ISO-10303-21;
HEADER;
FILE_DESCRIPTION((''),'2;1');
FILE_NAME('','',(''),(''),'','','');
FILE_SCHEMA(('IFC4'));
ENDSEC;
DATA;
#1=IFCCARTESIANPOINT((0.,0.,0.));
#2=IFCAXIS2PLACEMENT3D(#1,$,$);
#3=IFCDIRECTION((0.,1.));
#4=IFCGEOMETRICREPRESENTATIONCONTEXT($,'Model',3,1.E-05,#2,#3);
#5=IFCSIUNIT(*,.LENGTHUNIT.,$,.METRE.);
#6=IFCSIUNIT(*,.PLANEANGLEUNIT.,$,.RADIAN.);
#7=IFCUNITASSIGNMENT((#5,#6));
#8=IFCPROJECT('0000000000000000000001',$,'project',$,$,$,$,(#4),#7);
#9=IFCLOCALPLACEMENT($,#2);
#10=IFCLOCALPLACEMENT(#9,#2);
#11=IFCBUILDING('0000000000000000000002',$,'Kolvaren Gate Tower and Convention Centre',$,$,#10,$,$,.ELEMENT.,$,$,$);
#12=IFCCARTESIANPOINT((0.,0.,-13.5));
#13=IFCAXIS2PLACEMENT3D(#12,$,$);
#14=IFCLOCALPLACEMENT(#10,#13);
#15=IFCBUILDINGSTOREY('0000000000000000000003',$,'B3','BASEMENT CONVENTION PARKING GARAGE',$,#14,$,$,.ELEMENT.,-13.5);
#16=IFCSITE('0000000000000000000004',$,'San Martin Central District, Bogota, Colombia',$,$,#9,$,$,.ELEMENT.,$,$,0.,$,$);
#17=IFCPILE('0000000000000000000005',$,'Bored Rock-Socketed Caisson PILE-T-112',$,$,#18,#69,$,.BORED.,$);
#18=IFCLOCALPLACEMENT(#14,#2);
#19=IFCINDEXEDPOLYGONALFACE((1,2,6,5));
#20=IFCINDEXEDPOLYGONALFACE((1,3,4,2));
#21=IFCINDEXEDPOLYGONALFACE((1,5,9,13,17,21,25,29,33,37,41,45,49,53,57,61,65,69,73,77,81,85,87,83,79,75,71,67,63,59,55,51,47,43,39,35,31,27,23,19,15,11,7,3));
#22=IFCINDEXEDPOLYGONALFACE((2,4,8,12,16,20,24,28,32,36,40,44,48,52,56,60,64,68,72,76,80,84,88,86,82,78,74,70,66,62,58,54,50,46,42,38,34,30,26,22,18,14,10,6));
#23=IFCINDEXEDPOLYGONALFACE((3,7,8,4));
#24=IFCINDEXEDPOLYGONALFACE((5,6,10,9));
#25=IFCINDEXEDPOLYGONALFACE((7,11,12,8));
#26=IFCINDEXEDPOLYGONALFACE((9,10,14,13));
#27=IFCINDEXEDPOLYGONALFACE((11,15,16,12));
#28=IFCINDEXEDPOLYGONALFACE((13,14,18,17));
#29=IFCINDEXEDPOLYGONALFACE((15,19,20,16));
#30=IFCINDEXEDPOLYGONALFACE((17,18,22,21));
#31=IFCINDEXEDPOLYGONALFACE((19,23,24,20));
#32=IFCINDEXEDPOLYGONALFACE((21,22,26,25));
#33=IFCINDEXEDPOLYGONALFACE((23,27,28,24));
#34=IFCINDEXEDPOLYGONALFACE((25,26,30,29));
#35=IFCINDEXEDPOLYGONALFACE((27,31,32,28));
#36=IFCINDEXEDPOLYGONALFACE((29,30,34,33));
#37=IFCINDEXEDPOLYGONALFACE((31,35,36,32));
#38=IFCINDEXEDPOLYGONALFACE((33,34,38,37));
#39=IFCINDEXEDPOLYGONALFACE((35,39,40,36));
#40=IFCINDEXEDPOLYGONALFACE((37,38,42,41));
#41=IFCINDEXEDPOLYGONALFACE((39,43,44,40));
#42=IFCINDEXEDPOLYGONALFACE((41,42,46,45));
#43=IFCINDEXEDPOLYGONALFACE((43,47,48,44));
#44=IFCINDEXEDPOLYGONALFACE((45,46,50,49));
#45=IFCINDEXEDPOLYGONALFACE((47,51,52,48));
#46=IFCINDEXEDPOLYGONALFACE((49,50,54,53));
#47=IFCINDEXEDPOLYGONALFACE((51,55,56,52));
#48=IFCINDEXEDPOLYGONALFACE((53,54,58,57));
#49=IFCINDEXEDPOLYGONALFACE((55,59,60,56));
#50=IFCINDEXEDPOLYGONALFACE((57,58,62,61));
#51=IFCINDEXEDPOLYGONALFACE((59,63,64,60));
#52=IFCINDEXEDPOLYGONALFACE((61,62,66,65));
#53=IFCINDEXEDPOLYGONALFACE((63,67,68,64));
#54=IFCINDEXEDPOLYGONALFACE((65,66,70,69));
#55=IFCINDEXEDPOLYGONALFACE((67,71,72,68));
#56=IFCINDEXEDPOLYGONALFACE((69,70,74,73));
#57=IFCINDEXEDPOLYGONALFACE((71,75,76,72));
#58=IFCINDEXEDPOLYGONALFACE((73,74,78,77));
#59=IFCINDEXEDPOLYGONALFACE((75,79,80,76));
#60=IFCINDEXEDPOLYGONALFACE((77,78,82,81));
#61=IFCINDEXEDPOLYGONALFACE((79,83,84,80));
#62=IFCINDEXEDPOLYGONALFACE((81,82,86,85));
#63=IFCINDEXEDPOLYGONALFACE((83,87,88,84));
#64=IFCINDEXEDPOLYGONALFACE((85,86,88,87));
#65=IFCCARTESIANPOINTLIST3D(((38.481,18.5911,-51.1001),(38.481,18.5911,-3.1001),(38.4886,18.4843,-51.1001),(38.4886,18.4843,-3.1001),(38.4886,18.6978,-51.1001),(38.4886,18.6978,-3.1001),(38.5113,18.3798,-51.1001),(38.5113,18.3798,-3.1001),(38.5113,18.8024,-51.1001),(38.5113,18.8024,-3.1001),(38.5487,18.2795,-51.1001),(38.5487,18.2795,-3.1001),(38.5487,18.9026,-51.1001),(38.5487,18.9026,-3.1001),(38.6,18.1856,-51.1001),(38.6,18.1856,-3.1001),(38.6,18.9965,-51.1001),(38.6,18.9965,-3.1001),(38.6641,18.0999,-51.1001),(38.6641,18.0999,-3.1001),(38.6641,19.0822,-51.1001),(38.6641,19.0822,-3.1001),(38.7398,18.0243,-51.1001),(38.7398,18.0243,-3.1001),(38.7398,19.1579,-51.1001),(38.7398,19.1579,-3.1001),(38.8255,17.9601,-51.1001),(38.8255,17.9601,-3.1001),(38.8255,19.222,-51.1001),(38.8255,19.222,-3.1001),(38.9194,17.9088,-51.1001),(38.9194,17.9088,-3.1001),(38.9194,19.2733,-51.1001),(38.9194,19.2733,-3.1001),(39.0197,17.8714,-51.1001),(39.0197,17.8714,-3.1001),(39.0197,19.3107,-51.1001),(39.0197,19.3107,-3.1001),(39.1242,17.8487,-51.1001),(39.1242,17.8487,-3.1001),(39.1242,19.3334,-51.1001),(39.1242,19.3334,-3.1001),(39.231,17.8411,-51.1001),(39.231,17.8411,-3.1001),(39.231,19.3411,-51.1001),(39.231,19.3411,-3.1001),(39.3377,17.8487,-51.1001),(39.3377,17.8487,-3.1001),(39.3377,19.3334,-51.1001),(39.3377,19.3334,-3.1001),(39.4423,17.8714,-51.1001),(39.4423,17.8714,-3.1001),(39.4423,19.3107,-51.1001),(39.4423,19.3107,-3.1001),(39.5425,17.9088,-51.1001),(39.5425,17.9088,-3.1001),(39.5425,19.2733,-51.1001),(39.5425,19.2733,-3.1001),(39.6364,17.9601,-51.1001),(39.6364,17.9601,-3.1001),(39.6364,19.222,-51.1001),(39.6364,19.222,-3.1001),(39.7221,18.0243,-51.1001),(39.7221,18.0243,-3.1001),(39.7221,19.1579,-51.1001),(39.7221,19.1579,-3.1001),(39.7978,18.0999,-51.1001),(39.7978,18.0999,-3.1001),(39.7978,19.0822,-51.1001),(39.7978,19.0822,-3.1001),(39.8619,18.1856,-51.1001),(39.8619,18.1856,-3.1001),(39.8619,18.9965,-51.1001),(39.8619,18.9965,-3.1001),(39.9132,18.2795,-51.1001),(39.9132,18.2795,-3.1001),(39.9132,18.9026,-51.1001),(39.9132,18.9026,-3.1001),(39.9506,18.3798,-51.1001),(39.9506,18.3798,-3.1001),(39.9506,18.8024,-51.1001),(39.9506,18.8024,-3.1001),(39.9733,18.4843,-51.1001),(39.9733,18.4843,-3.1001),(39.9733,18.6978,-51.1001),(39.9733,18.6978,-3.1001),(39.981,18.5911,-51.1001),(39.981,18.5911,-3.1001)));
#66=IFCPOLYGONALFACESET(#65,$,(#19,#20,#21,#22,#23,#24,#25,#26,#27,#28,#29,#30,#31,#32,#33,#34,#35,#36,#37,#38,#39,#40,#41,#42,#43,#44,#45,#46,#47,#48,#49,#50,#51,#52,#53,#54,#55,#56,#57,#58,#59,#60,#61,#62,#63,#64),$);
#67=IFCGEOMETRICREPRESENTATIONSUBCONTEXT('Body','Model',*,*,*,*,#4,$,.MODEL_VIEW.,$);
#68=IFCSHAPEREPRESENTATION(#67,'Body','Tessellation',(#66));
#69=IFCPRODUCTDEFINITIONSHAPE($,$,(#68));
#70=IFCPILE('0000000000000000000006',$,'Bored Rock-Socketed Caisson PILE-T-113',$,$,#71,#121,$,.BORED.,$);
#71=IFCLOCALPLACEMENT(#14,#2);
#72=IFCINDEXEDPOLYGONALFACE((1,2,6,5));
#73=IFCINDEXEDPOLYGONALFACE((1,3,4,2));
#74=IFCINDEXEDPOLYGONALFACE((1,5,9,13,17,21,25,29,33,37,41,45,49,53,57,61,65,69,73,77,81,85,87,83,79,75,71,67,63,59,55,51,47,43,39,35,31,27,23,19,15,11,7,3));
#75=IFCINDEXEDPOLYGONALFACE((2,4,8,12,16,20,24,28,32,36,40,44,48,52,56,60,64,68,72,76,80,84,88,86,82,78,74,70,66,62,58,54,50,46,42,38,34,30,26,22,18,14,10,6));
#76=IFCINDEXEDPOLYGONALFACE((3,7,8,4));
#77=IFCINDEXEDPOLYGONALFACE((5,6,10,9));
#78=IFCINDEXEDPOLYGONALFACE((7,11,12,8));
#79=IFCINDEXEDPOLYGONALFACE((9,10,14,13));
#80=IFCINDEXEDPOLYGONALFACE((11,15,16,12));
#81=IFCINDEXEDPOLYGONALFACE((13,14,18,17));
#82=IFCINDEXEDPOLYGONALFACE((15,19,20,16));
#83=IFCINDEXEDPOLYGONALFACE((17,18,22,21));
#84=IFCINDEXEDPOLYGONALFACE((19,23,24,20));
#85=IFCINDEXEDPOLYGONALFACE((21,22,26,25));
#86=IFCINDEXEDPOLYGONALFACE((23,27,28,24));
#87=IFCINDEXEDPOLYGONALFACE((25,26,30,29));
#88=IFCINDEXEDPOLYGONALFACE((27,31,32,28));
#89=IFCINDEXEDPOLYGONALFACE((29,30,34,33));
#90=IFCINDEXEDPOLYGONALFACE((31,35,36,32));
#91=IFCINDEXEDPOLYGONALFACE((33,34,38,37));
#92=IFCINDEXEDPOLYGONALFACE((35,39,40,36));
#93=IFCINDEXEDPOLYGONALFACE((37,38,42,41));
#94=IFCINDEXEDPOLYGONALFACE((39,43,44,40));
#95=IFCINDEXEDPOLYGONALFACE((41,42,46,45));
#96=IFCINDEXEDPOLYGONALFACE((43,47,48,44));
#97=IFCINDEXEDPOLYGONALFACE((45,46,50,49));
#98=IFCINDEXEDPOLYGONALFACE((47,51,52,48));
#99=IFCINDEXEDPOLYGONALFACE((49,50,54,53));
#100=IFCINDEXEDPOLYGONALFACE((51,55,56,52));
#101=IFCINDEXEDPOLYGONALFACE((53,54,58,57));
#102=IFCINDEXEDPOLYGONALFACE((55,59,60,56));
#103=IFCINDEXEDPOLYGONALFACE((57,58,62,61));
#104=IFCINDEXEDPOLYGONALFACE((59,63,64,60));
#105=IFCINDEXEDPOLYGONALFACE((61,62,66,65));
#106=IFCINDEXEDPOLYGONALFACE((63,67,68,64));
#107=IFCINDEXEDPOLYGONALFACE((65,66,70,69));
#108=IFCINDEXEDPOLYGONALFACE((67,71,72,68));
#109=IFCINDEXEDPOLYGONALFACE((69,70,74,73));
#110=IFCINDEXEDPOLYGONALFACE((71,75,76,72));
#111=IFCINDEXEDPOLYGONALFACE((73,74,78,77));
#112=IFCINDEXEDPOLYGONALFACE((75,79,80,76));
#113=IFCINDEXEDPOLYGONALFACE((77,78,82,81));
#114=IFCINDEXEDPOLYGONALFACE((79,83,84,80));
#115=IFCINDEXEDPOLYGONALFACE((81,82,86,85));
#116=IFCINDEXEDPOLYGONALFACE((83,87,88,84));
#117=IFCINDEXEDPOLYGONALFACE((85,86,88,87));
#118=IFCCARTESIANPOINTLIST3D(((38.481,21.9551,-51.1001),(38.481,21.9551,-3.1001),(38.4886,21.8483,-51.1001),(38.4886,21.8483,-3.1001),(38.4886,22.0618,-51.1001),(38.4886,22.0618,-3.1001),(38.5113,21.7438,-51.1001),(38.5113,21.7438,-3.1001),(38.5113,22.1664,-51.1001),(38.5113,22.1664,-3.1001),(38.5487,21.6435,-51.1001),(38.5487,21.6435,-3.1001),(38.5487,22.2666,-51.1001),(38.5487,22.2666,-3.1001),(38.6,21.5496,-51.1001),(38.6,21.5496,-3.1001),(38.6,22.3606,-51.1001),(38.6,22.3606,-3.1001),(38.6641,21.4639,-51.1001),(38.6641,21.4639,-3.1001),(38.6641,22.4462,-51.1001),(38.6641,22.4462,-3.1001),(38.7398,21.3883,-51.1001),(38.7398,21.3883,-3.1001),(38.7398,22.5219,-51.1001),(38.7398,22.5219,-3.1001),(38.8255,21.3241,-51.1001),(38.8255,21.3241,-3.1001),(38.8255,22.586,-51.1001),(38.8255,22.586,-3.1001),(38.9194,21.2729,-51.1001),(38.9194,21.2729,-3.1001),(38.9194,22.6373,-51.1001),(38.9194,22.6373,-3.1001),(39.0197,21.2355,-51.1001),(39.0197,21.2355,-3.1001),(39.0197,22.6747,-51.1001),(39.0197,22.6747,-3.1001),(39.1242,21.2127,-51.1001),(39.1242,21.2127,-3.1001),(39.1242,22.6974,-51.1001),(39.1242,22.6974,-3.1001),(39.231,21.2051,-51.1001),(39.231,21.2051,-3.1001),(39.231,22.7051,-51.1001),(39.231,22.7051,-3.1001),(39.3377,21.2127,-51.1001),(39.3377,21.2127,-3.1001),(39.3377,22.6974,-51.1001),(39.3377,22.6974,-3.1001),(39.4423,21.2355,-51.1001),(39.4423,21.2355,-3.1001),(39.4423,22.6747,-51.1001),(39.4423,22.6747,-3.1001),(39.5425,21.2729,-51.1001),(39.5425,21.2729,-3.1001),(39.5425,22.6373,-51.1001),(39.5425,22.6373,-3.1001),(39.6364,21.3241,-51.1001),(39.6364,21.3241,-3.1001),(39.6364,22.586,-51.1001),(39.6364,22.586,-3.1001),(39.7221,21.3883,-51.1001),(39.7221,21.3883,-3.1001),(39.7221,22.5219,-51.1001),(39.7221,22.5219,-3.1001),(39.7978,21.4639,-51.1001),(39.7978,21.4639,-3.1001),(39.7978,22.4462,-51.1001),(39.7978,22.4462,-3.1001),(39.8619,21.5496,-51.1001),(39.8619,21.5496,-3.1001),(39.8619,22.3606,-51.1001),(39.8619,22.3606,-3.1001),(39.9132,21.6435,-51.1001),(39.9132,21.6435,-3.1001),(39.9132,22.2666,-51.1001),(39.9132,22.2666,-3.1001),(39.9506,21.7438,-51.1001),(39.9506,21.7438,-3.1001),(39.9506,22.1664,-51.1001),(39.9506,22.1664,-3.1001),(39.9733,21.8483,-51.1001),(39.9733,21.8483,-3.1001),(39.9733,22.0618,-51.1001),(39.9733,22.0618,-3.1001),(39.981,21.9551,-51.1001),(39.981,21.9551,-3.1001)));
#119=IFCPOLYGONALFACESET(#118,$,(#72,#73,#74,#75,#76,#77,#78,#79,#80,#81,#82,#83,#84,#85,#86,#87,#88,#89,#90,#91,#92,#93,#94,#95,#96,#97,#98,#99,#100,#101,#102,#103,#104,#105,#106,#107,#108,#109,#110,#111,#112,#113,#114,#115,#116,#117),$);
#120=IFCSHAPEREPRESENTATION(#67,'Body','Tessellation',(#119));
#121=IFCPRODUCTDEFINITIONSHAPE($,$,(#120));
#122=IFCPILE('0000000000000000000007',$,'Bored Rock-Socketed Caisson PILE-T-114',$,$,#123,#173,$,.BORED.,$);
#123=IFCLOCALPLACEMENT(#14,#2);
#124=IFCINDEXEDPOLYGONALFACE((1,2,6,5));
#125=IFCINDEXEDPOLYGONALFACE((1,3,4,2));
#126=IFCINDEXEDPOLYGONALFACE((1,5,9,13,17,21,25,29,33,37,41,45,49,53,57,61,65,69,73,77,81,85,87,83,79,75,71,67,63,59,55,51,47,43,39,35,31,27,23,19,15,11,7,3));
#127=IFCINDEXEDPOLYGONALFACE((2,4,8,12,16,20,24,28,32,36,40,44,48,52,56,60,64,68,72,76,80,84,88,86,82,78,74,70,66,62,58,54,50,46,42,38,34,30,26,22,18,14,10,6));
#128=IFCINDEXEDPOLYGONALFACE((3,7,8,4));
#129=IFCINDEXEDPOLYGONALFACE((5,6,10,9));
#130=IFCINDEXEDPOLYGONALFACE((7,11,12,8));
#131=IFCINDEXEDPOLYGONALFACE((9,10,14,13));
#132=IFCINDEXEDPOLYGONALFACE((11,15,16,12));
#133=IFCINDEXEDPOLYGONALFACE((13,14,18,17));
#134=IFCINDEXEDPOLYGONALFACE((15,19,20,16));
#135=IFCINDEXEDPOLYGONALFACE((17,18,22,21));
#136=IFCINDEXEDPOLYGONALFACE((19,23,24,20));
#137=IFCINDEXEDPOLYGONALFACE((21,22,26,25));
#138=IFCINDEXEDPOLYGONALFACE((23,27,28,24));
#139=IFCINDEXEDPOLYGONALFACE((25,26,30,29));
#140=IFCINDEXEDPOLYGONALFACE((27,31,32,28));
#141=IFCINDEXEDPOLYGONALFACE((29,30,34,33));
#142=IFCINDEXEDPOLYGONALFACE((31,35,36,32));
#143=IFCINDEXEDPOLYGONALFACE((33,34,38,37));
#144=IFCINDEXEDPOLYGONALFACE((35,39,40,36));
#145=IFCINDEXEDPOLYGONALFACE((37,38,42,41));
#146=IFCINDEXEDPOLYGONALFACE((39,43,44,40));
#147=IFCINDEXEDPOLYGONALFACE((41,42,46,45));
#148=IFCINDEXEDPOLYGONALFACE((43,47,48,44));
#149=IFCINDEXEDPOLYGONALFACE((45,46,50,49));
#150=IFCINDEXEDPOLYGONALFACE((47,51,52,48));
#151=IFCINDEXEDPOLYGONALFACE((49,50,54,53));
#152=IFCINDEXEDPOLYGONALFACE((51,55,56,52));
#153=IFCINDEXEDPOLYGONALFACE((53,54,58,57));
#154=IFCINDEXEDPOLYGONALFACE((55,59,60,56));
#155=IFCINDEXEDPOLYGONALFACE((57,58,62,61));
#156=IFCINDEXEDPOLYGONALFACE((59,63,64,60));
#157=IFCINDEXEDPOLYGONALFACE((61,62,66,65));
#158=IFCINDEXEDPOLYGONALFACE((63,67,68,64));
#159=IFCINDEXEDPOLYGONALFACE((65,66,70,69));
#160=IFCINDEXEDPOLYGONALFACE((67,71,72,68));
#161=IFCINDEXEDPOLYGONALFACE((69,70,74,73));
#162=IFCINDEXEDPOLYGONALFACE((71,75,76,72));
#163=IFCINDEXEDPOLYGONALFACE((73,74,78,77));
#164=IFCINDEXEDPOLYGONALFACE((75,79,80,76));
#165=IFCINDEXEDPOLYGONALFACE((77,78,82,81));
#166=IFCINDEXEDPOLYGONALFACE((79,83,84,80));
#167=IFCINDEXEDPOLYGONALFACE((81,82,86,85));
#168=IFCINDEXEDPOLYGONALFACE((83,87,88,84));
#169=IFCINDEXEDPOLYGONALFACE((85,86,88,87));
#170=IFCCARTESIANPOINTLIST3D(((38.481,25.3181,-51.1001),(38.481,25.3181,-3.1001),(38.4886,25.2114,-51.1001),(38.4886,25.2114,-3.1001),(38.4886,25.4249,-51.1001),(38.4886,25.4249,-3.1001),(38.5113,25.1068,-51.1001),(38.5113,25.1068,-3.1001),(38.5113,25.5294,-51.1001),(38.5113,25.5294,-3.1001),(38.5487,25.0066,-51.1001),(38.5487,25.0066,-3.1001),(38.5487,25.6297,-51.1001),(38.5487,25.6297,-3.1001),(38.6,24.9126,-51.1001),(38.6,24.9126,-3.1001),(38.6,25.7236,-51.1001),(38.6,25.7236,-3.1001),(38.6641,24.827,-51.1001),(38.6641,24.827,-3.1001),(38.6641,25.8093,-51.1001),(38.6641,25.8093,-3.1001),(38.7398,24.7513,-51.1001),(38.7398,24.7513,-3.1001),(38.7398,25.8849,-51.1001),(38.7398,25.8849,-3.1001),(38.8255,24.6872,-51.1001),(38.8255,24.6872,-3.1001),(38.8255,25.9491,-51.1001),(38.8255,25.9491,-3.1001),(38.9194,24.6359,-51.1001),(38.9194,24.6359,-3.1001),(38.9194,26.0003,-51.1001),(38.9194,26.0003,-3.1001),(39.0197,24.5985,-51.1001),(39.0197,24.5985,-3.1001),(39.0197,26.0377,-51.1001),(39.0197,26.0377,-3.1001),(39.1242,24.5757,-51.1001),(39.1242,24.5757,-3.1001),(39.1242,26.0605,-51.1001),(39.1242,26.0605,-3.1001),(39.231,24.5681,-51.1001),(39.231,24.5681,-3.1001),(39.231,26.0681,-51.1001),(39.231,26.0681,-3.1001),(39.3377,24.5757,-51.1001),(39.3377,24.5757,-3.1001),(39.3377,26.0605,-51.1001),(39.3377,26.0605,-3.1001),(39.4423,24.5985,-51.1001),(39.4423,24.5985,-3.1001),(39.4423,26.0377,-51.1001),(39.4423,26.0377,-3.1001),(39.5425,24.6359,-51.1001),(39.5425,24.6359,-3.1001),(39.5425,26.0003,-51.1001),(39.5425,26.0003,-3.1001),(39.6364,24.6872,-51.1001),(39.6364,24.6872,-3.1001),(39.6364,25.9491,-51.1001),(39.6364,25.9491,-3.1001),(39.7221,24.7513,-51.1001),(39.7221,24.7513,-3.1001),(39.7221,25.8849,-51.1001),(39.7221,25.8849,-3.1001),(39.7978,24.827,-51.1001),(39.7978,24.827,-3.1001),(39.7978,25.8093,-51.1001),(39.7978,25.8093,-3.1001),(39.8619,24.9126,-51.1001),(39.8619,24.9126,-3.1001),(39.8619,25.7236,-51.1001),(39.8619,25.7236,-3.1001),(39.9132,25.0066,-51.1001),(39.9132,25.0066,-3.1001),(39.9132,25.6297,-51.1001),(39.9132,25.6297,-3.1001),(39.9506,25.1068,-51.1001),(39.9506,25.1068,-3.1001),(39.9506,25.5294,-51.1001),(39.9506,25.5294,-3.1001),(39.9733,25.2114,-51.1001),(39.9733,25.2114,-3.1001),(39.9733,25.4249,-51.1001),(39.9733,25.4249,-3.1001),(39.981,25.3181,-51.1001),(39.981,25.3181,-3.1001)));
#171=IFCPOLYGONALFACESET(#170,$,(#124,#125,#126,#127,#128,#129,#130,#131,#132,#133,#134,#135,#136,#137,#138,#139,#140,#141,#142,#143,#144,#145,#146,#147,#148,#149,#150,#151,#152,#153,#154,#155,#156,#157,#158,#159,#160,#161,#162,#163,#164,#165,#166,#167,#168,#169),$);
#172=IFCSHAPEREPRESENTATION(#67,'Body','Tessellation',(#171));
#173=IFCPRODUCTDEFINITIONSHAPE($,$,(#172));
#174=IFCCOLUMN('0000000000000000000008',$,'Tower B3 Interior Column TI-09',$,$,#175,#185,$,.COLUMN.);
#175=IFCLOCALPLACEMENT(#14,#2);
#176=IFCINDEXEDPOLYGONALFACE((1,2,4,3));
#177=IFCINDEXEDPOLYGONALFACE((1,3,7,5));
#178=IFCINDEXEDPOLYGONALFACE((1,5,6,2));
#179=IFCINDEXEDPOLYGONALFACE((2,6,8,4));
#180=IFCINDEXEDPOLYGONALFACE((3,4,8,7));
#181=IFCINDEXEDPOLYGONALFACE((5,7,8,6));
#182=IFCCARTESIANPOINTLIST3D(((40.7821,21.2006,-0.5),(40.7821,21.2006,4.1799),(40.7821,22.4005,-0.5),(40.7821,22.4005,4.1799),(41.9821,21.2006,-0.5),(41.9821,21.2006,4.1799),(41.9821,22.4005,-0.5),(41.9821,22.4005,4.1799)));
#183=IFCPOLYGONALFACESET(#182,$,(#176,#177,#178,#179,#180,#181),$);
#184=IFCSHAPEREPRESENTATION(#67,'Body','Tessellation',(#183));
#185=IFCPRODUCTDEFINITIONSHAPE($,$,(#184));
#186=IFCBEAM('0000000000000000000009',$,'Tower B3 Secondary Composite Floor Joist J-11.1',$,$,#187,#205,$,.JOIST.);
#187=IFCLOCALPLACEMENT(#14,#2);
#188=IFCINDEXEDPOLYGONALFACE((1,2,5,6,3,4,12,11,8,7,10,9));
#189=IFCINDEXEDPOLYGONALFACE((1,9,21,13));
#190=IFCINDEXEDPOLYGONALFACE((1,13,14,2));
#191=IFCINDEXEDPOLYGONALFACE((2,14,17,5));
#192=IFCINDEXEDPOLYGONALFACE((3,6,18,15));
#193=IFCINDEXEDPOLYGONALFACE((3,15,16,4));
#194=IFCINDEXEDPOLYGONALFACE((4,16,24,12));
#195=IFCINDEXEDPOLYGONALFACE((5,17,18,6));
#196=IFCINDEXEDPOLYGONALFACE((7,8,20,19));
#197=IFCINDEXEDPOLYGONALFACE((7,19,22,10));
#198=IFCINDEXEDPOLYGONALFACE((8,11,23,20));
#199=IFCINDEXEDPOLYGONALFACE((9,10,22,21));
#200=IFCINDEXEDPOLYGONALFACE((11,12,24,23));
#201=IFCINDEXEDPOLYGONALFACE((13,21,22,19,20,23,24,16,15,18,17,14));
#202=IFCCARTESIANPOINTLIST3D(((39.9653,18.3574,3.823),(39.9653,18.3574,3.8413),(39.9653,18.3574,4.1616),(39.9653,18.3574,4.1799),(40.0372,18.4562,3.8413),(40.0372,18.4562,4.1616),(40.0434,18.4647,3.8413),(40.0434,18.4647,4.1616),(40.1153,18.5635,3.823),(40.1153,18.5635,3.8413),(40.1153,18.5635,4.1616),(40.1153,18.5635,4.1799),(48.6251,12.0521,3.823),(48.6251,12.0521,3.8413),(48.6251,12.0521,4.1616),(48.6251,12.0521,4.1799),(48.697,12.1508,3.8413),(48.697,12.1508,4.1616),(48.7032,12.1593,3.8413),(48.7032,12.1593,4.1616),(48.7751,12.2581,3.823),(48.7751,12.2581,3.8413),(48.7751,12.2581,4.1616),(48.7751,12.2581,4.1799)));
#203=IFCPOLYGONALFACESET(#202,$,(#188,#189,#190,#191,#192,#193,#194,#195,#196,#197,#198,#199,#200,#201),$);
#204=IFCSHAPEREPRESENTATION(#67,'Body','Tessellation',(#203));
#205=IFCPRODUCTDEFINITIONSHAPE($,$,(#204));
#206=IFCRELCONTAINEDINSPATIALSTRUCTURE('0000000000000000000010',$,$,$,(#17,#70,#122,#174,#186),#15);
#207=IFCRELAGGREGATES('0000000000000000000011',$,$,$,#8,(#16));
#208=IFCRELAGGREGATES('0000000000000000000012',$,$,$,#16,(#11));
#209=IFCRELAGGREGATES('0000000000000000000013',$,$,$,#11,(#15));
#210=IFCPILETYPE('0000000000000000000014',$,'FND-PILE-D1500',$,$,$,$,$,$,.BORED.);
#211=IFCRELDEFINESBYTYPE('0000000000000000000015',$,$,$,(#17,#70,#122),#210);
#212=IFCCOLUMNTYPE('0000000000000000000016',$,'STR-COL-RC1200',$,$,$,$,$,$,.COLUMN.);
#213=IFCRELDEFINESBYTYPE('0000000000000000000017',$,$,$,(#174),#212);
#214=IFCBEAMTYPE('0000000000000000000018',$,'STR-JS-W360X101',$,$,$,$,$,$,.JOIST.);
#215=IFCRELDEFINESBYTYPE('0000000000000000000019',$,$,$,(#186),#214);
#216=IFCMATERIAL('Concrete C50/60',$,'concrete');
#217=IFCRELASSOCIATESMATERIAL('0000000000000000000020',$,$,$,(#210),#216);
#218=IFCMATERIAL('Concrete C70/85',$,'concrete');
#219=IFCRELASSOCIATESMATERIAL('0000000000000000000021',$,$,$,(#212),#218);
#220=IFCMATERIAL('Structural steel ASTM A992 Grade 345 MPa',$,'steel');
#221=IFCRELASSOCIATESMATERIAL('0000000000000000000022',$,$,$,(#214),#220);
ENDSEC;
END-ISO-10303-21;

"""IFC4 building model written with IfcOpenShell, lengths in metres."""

from ifc_helpers import new_model, si_unit, direction, frame, origin, origin_2d, place, context, subcontext, project, spatial, rectangle, circle, i_section, extrude, material, material_profile, profile_set, type_object, element, save


model = new_model("IFC4")

# Units and contexts
model_context = context("Model", 3, precision=1e-05, world=origin(), true_north=direction((0.0, 1.0)))
body_context = subcontext(model_context, "Body", "Model", "MODEL_VIEW")
ifc_project = project(units=[si_unit("LENGTHUNIT", "METRE"), si_unit("PLANEANGLEUNIT", "RADIAN")], contexts=[model_context])

# Site, building, storey
site_placement = place(None, origin())
site = spatial("IfcSite", under=ifc_project, at=site_placement, Name="San Martin Central District, Bogota, Colombia", CompositionType="ELEMENT", RefElevation=0.0)
building_placement = place(site_placement, origin())
building = spatial("IfcBuilding", under=site, at=building_placement, Name="Kolvaren Gate Tower and Convention Centre", CompositionType="ELEMENT")
storey_placement = place(building_placement, frame((0.0, 0.0, -13.5)))
storey = spatial("IfcBuildingStorey", under=building, at=storey_placement, Name="B3", Description="BASEMENT CONVENTION PARKING GARAGE", CompositionType="ELEMENT", Elevation=-13.5)

# Piles
ifc_material_1 = material(Name="Concrete C50/60", Category="concrete")
ifc_material_profile_1 = material_profile(ifc_material_1, circle(Radius=0.75, at=origin_2d()), Name="CAISSON-D1500")
ifc_profile_set_1 = profile_set([ifc_material_profile_1], Name="Concrete C50/60")
pile_type = type_object("IfcPileType", Name="FND-PILE-D1500", PredefinedType="BORED", material=ifc_profile_set_1)
for number, where, z_axis, x_axis, name in (
    (1, (39.231, 18.5911, -3.1001), (0.0, 0.0, -1.0), (1.0, 0.0, 0.0), "Bored Rock-Socketed Caisson PILE-T-112"),
    (2, (39.231, 21.9551, -3.1001), (0.0, 0.0, -1.0), (1.0, 0.0, 0.0), "Bored Rock-Socketed Caisson PILE-T-113"),
    (3, (39.231, 25.3181, -3.1001), (0.0, 0.0, -1.0), (1.0, 0.0, 0.0), "Bored Rock-Socketed Caisson PILE-T-114"),
):
    element("IfcPile", number, at=place(storey_placement, frame(where, z_axis=z_axis, x_axis=x_axis)), inside=storey, type_object=pile_type, Name=name, PredefinedType="BORED", context=body_context, shape_type="SweptSolid", body=[
        extrude(circle(Radius=0.75, at=origin_2d()), origin(), (0.0, 0.0, 1.0), 48.0),
    ])

# Column
ifc_material_2 = material(Name="Concrete C70/85", Category="concrete")
ifc_material_profile_2 = material_profile(ifc_material_2, rectangle(XDim=1.2, YDim=1.2, at=origin_2d()), Name="RC-COL-1200X1200")
ifc_profile_set_2 = profile_set([ifc_material_profile_2], Name="Concrete C70/85")
column_type = type_object("IfcColumnType", Name="STR-COL-RC1200", PredefinedType="COLUMN", material=ifc_profile_set_2)
column_placement = place(storey_placement, frame((41.3821, 21.8005, -0.5), z_axis=(0.0, 0.0, 1.0), x_axis=(1.0, 0.0, 0.0)))
element("IfcColumn", 4, at=column_placement, inside=storey, type_object=column_type, Name="Tower B3 Interior Column TI-09", PredefinedType="COLUMN", context=body_context, shape_type="SweptSolid", body=[
    extrude(rectangle(XDim=1.2, YDim=1.2, at=origin_2d()), origin(), (0.0, 0.0, 1.0), 4.6799),
])

# Beam
ifc_material_3 = material(Name="Structural steel ASTM A992 Grade 345 MPa", Category="steel")
ifc_material_profile_3 = material_profile(ifc_material_3, i_section(OverallWidth=0.2549, OverallDepth=0.3569, WebThickness=0.0105, FlangeThickness=0.0183, at=origin_2d()), Name="W360X101")
ifc_profile_set_3 = profile_set([ifc_material_profile_3], Name="Structural steel ASTM A992 Grade 345 MPa")
beam_type_1 = type_object("IfcBeamType", Name="STR-JS-W360X101", PredefinedType="JOIST", material=ifc_profile_set_3)
beam_1_placement = place(storey_placement, frame((40.0403, 18.4604, 4.0015), z_axis=(0.808412, -0.588617, 0.0), x_axis=(0.588617, 0.808412, 0.0)))
element("IfcBeam", 5, at=beam_1_placement, inside=storey, type_object=beam_type_1, Name="Tower B3 Secondary Composite Floor Joist J-11.1", PredefinedType="JOIST", context=body_context, shape_type="SweptSolid", body=[
    extrude(i_section(OverallWidth=0.2549, OverallDepth=0.3569, WebThickness=0.0105, FlangeThickness=0.0183, at=origin_2d()), origin(), (0.0, 0.0, 1.0), 10.7122),
])

save(model, "model.ifc")
